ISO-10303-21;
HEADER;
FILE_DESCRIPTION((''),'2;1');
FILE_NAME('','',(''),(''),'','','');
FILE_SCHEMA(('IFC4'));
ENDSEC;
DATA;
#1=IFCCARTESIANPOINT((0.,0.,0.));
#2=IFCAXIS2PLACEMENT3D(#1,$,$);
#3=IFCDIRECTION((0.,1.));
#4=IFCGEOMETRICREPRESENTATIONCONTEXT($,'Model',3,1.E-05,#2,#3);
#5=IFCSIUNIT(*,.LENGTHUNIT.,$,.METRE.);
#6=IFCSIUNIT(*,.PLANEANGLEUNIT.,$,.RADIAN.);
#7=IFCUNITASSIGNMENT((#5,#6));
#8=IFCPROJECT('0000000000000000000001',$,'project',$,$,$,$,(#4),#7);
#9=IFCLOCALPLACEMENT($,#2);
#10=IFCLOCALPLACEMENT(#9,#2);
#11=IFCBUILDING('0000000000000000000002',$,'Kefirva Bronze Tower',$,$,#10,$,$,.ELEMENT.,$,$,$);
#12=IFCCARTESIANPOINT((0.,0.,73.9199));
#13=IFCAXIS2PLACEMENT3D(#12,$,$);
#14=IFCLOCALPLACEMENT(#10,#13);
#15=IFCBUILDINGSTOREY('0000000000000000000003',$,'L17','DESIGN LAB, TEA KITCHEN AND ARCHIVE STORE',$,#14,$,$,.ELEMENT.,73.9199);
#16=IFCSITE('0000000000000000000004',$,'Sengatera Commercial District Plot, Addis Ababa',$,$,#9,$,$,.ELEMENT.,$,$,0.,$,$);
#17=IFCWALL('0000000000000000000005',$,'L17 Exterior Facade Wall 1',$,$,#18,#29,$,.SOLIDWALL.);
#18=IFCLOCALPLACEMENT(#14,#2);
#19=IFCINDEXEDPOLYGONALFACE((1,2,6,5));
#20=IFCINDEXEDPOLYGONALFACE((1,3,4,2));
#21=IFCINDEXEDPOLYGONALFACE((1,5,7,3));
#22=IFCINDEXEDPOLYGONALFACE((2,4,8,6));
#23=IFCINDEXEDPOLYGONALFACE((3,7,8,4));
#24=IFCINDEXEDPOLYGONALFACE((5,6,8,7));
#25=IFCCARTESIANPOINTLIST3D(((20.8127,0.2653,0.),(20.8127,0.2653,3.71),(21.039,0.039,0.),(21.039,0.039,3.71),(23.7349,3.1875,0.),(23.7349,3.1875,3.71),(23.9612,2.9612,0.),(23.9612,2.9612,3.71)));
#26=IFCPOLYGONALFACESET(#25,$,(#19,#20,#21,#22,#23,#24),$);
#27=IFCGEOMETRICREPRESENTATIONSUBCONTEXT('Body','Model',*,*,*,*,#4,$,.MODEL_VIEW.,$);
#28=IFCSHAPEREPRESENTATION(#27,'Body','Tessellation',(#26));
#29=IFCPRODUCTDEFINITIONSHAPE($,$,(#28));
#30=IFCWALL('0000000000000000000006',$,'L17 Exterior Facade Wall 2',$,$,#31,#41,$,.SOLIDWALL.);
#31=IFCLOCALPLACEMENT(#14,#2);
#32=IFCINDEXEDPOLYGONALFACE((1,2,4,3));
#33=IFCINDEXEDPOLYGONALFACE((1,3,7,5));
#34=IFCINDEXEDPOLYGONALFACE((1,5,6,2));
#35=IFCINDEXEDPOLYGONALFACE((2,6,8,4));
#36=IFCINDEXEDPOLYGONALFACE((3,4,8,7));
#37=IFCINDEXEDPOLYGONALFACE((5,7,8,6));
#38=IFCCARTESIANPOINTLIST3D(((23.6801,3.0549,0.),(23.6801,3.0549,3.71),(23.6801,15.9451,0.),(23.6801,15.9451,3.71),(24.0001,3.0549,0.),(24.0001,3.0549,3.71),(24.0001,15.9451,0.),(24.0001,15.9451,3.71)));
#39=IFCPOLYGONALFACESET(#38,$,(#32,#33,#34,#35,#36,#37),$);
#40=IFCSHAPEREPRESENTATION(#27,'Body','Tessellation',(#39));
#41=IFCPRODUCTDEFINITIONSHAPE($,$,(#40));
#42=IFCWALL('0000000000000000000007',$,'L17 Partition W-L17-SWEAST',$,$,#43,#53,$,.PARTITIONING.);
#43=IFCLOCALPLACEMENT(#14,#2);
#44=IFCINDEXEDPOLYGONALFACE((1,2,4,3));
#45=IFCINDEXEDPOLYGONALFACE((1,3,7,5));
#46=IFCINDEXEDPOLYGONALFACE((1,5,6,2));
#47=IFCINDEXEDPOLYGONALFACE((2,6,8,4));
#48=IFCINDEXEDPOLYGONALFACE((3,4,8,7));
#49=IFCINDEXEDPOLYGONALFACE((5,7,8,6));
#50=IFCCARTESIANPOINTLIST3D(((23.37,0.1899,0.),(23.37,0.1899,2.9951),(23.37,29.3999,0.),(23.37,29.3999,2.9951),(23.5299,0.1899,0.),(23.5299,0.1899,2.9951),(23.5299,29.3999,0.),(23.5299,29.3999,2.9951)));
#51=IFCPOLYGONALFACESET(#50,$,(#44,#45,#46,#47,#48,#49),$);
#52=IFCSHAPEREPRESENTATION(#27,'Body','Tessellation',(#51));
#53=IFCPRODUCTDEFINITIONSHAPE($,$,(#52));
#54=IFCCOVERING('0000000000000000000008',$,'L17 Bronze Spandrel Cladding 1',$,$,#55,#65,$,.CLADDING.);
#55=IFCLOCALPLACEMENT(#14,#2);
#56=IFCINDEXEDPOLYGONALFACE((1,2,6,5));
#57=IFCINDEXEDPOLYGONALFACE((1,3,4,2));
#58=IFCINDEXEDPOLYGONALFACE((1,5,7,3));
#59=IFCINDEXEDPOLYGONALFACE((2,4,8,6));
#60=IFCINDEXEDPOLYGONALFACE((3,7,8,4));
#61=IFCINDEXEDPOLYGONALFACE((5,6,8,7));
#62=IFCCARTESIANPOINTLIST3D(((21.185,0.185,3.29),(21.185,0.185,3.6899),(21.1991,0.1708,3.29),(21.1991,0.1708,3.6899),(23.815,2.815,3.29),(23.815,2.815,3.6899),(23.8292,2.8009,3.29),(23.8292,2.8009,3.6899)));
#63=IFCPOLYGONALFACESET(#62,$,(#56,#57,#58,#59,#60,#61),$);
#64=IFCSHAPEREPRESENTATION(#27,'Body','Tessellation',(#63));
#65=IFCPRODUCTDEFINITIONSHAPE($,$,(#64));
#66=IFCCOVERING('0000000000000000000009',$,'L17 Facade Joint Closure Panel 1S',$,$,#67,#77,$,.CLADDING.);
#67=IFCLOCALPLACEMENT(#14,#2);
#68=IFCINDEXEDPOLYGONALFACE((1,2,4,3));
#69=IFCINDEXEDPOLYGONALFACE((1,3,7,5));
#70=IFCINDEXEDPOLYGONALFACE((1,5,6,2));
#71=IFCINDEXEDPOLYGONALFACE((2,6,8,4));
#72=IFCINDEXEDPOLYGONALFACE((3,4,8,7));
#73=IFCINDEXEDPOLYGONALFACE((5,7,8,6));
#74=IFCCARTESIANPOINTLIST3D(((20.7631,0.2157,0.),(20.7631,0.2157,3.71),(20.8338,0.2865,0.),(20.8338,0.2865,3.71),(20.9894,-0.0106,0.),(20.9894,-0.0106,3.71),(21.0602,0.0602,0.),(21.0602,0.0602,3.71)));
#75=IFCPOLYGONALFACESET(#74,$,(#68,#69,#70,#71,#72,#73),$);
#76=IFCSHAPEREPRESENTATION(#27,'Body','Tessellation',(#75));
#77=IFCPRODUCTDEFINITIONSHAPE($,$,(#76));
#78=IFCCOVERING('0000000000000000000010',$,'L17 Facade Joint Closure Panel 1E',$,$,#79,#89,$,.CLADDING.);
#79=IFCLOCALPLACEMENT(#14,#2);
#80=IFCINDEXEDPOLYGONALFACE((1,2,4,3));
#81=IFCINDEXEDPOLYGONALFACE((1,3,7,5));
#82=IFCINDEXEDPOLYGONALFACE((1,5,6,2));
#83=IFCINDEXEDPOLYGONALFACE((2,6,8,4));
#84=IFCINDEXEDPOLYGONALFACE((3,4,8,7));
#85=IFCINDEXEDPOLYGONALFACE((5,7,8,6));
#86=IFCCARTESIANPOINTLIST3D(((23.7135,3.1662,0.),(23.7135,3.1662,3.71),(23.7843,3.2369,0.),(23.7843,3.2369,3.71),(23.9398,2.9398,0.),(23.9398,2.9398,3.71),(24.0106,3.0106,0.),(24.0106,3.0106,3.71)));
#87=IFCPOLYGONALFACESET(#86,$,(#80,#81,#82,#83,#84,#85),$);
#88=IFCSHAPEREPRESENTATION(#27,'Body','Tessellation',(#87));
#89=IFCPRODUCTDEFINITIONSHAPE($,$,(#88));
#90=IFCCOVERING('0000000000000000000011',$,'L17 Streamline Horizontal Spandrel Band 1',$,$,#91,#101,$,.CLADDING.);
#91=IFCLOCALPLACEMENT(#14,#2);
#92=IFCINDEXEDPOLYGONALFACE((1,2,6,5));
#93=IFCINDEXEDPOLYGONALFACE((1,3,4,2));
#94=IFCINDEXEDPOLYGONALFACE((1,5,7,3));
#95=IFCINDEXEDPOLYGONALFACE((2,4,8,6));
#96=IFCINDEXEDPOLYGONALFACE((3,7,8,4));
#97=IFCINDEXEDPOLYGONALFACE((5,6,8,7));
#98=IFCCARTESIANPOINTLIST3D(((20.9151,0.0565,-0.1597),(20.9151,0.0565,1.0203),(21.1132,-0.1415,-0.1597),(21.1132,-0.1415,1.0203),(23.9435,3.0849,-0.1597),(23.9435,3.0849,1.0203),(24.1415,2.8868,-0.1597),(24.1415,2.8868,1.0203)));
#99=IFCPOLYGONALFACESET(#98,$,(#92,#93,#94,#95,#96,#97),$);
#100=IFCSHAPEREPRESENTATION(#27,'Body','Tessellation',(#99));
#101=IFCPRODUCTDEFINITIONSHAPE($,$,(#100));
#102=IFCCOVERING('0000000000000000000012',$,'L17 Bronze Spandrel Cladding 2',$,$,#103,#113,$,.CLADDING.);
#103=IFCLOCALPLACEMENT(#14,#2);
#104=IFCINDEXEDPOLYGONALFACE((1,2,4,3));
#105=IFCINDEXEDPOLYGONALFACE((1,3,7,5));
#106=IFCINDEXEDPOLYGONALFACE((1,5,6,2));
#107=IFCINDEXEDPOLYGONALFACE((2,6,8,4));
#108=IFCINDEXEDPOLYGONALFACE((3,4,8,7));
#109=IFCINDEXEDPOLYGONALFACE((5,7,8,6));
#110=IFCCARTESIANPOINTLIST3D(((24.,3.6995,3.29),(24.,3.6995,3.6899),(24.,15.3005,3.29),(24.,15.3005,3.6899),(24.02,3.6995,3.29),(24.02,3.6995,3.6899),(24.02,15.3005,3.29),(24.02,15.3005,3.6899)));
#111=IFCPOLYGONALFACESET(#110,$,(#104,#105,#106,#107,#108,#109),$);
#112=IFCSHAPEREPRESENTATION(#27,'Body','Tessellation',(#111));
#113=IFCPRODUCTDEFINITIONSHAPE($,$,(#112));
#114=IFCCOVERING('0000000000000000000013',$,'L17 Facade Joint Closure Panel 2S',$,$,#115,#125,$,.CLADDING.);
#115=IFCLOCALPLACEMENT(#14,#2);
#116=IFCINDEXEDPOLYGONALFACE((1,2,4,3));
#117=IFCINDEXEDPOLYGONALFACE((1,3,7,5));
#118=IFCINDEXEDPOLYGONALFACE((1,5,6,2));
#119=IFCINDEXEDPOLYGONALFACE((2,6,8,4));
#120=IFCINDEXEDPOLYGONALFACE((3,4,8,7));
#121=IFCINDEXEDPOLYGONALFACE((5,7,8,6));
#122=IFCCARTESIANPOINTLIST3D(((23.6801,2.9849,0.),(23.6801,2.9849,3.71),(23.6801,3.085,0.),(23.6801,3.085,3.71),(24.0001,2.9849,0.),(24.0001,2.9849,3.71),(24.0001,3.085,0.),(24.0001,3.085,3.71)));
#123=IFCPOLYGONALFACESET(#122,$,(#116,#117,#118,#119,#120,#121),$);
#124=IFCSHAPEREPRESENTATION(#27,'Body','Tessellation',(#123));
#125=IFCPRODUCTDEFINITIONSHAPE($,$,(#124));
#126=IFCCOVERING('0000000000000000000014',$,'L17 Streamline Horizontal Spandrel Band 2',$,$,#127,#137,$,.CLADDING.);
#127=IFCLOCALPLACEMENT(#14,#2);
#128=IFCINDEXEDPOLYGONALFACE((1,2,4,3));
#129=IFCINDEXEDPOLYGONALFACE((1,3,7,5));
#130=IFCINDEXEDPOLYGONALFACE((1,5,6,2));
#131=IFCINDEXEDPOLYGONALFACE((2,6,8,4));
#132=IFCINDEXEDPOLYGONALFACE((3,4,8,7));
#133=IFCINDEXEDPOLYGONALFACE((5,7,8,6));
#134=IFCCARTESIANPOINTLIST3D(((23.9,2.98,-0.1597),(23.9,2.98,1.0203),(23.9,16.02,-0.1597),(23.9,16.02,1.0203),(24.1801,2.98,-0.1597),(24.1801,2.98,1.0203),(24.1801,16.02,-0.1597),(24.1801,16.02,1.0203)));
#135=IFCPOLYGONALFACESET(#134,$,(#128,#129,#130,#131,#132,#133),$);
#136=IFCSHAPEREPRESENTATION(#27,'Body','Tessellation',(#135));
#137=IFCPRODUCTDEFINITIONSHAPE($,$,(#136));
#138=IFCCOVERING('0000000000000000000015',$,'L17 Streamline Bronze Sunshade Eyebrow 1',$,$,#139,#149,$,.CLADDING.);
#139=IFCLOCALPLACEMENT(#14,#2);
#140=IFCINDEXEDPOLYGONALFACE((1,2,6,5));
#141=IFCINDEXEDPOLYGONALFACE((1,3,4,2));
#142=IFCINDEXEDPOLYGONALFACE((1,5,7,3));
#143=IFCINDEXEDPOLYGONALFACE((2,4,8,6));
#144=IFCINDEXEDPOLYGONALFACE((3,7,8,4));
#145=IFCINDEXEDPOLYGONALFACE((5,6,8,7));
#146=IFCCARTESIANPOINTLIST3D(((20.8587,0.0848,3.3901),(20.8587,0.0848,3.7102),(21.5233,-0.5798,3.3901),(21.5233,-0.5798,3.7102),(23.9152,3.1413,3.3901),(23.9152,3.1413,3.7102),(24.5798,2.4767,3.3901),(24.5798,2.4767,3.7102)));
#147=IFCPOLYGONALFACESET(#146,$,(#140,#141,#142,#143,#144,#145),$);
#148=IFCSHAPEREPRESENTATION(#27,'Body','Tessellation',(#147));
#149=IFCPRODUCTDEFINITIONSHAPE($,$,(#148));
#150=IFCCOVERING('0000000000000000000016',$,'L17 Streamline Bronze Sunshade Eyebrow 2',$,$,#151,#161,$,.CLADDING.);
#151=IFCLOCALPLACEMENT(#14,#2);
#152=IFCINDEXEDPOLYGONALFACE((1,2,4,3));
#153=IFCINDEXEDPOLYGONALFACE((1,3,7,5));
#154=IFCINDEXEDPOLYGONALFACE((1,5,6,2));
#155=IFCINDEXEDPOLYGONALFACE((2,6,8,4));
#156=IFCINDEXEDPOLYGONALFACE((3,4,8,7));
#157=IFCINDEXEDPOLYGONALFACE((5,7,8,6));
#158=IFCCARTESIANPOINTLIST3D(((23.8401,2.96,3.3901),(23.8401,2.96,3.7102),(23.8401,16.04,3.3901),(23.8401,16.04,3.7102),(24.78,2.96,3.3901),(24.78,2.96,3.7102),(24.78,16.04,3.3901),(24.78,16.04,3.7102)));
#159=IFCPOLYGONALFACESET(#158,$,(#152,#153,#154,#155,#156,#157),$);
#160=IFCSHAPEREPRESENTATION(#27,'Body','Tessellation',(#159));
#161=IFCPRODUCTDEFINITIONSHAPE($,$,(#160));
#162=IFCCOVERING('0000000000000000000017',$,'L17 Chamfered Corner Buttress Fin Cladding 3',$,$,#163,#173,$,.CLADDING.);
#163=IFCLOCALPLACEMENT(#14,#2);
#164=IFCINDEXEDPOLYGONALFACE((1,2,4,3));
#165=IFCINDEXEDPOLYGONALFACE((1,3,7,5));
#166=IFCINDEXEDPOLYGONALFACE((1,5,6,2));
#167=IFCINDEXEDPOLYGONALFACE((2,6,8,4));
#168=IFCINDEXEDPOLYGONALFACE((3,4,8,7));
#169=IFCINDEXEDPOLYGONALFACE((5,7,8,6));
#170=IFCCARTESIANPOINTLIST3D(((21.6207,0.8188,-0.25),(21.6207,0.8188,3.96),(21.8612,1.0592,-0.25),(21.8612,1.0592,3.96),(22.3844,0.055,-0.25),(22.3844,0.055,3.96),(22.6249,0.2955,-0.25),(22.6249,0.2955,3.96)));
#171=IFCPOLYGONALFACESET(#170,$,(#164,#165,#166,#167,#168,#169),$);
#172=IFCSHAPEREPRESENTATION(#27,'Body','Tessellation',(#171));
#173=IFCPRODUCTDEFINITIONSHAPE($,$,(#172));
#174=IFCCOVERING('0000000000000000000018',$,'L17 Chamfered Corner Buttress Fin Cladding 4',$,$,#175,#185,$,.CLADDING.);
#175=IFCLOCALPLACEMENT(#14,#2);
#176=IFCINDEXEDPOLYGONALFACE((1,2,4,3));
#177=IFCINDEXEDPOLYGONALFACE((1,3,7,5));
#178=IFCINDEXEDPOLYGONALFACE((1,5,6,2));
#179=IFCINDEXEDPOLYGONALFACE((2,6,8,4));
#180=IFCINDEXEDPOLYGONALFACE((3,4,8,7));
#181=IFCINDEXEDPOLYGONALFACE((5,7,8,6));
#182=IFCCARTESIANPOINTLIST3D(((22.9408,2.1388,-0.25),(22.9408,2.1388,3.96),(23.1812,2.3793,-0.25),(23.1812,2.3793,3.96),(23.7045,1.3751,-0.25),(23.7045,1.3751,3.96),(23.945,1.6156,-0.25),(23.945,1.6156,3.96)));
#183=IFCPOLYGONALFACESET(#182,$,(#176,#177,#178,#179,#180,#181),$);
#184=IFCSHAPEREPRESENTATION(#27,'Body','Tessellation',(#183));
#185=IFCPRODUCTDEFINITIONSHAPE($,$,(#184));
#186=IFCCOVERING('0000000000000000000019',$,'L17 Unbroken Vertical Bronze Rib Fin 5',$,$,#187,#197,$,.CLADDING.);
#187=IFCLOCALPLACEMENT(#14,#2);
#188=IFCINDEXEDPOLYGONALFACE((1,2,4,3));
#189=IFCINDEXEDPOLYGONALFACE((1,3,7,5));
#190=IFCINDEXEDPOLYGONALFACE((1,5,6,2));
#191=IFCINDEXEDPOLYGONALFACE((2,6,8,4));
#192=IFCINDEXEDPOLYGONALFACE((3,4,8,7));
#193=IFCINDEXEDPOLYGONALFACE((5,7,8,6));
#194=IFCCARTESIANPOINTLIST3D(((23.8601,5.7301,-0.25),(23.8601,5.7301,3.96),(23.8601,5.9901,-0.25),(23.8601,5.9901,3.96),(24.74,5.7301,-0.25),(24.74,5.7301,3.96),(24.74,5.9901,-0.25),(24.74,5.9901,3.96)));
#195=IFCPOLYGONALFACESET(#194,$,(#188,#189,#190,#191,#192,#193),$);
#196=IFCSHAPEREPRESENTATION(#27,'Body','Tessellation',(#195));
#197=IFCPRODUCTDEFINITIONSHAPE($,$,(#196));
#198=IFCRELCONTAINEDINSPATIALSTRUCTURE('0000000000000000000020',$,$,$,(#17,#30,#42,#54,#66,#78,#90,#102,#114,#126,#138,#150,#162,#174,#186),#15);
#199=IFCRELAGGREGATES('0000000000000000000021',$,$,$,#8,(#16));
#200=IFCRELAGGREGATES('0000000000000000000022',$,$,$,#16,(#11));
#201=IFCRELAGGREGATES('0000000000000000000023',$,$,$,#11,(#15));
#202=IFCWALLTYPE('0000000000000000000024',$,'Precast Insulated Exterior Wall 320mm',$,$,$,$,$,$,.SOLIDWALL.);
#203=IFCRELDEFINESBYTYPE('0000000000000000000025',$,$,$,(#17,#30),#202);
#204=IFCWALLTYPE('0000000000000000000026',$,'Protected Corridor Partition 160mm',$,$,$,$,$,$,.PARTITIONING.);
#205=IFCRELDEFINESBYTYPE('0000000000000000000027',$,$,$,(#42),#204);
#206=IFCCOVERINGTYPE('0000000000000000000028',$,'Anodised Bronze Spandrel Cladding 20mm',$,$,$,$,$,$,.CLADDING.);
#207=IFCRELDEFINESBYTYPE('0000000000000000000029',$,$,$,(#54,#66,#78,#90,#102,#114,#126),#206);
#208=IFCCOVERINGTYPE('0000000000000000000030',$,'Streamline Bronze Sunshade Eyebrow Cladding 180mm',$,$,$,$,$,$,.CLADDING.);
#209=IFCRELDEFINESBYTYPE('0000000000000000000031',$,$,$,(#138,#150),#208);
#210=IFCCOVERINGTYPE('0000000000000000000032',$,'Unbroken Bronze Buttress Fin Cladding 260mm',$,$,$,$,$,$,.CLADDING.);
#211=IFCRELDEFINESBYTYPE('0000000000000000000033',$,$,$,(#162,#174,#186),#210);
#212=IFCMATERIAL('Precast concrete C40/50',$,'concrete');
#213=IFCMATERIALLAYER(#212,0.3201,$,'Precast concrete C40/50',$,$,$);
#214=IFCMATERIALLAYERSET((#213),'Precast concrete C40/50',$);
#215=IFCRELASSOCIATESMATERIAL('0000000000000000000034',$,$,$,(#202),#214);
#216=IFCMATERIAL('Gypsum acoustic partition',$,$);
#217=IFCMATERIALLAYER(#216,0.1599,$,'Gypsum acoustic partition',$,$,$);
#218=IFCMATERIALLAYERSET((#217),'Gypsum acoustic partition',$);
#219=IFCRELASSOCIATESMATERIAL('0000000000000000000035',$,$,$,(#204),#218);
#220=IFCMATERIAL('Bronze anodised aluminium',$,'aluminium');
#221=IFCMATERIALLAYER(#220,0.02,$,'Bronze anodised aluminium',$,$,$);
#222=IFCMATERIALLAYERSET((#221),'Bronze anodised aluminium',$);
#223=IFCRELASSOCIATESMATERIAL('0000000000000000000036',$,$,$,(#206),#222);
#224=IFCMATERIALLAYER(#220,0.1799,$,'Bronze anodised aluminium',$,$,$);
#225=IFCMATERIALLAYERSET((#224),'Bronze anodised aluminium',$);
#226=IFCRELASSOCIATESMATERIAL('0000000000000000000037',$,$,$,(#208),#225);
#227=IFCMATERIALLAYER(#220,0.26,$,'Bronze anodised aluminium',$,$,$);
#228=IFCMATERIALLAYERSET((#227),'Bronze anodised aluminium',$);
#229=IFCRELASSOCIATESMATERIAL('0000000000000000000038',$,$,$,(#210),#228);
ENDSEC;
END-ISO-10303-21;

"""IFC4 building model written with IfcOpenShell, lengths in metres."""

from ifc_helpers import new_model, si_unit, direction, frame, frame_2d, origin, origin_2d, place, context, subcontext, project, spatial, rectangle, extrude, material, layer, layer_set, type_object, element, save


model = new_model("IFC4")

# Units and contexts
model_context = context("Model", 3, precision=1e-05, world=origin(), true_north=direction((0.0, 1.0)))
body_context = subcontext(model_context, "Body", "Model", "MODEL_VIEW")
ifc_project = project(units=[si_unit("LENGTHUNIT", "METRE"), si_unit("PLANEANGLEUNIT", "RADIAN")], contexts=[model_context])

# Site, building, storey
site_placement = place(None, origin())
site = spatial("IfcSite", under=ifc_project, at=site_placement, Name="Sengatera Commercial District Plot, Addis Ababa", CompositionType="ELEMENT", RefElevation=0.0)
building_placement = place(site_placement, origin())
building = spatial("IfcBuilding", under=site, at=building_placement, Name="Kefirva Bronze Tower", CompositionType="ELEMENT")
storey_placement = place(building_placement, frame((0.0, 0.0, 73.9199)))
storey = spatial("IfcBuildingStorey", under=building, at=storey_placement, Name="L17", Description="DESIGN LAB, TEA KITCHEN AND ARCHIVE STORE", CompositionType="ELEMENT", Elevation=73.9199)

# Shared definitions
ifc_material_1 = material(Name="Bronze anodised aluminium", Category="aluminium")

# Walls
ifc_material_2 = material(Name="Precast concrete C40/50", Category="concrete")
ifc_layer_1 = layer(ifc_material_2, 0.3201, Name="Precast concrete C40/50")
ifc_layer_set_1 = layer_set([ifc_layer_1], Name="Precast concrete C40/50")
wall_type_1 = type_object("IfcWallType", Name="Precast Insulated Exterior Wall 320mm", PredefinedType="SOLIDWALL", material=ifc_layer_set_1)
wall_1_placement = place(storey_placement, frame((20.9258, 0.1521, 0.0), z_axis=(0.0, 0.0, 1.0), x_axis=(0.707107, 0.707107, 0.0)))
element("IfcWall", 1, at=wall_1_placement, inside=storey, type_object=wall_type_1, Name="L17 Exterior Facade Wall 1", PredefinedType="SOLIDWALL", context=body_context, shape_type="SweptSolid", body=[
    extrude(rectangle(XDim=4.1326, YDim=0.3201, at=frame_2d((2.0664, 0.0))), origin(), (0.0, 0.0, 1.0), 3.71),
])
wall_2_placement = place(storey_placement, frame((23.8401, 3.0549, 0.0), z_axis=(0.0, 0.0, 1.0), x_axis=(0.0, 1.0, 0.0)))
element("IfcWall", 2, at=wall_2_placement, inside=storey, type_object=wall_type_1, Name="L17 Exterior Facade Wall 2", PredefinedType="SOLIDWALL", context=body_context, shape_type="SweptSolid", body=[
    extrude(rectangle(XDim=12.8901, YDim=0.3201, at=frame_2d((6.4451, 0.0))), origin(), (0.0, 0.0, 1.0), 3.71),
])
ifc_material_3 = material(Name="Gypsum acoustic partition")
ifc_layer_2 = layer(ifc_material_3, 0.1599, Name="Gypsum acoustic partition")
ifc_layer_set_2 = layer_set([ifc_layer_2], Name="Gypsum acoustic partition")
wall_type_2 = type_object("IfcWallType", Name="Protected Corridor Partition 160mm", PredefinedType="PARTITIONING", material=ifc_layer_set_2)
wall_3_placement = place(storey_placement, frame((23.45, 0.1899, 0.0), z_axis=(0.0, 0.0, 1.0), x_axis=(0.0, 1.0, 0.0)))
element("IfcWall", 3, at=wall_3_placement, inside=storey, type_object=wall_type_2, Name="L17 Partition W-L17-SWEAST", PredefinedType="PARTITIONING", context=body_context, shape_type="SweptSolid", body=[
    extrude(rectangle(XDim=29.21, YDim=0.1599, at=frame_2d((14.605, 0.0))), origin(), (0.0, 0.0, 1.0), 2.9951),
])

# Coverings
ifc_layer_3 = layer(ifc_material_1, 0.02, Name="Bronze anodised aluminium")
ifc_layer_set_3 = layer_set([ifc_layer_3], Name="Bronze anodised aluminium")
covering_type_1 = type_object("IfcCoveringType", Name="Anodised Bronze Spandrel Cladding 20mm", PredefinedType="CLADDING", material=ifc_layer_set_3)
covering_1_placement = place(storey_placement, frame((22.5071, 1.4929, 3.29), z_axis=(0.0, 0.0, 1.0), x_axis=(0.707107, 0.707107, 0.0)))
element("IfcCovering", 4, at=covering_1_placement, inside=storey, type_object=covering_type_1, Name="L17 Bronze Spandrel Cladding 1", PredefinedType="CLADDING", context=body_context, shape_type="SweptSolid", body=[
    extrude(rectangle(XDim=3.7195, YDim=0.02, at=origin_2d()), origin(), (0.0, 0.0, 1.0), 0.3999),
])
for number, where, z_axis, x_axis, name in (
    (5, (20.9116, 0.1379, 0.0), (0.0, 0.0, 1.0), (0.707107, 0.707107, 0.0), "L17 Facade Joint Closure Panel 1S"),
    (6, (23.8621, 3.0884, 0.0), (0.0, 0.0, 1.0), (0.707107, 0.707107, 0.0), "L17 Facade Joint Closure Panel 1E"),
):
    element("IfcCovering", number, at=place(storey_placement, frame(where, z_axis=z_axis, x_axis=x_axis)), inside=storey, type_object=covering_type_1, Name=name, PredefinedType="CLADDING", context=body_context, shape_type="SweptSolid", body=[
        extrude(rectangle(XDim=0.1001, YDim=0.3201, at=origin_2d()), origin(), (0.0, 0.0, 1.0), 3.71),
    ])
covering_2_placement = place(storey_placement, frame((22.5283, 1.4717, -0.1597), z_axis=(0.0, 0.0, 1.0), x_axis=(0.707107, 0.707107, 0.0)))
element("IfcCovering", 7, at=covering_2_placement, inside=storey, type_object=covering_type_1, Name="L17 Streamline Horizontal Spandrel Band 1", PredefinedType="CLADDING", context=body_context, shape_type="SweptSolid", body=[
    extrude(rectangle(XDim=4.2827, YDim=0.28, at=origin_2d()), origin(), (0.0, 0.0, 1.0), 1.1799),
])
covering_3_placement = place(storey_placement, frame((24.01, 9.5, 3.29), z_axis=(0.0, 0.0, 1.0), x_axis=(0.0, 1.0, 0.0)))
element("IfcCovering", 8, at=covering_3_placement, inside=storey, type_object=covering_type_1, Name="L17 Bronze Spandrel Cladding 2", PredefinedType="CLADDING", context=body_context, shape_type="SweptSolid", body=[
    extrude(rectangle(XDim=11.6011, YDim=0.02, at=origin_2d()), origin(), (0.0, 0.0, 1.0), 0.3999),
])
covering_4_placement = place(storey_placement, frame((23.8401, 3.0349, 0.0), z_axis=(0.0, 0.0, 1.0), x_axis=(0.0, 1.0, 0.0)))
element("IfcCovering", 9, at=covering_4_placement, inside=storey, type_object=covering_type_1, Name="L17 Facade Joint Closure Panel 2S", PredefinedType="CLADDING", context=body_context, shape_type="SweptSolid", body=[
    extrude(rectangle(XDim=0.1001, YDim=0.3201, at=origin_2d()), origin(), (0.0, 0.0, 1.0), 3.71),
])
covering_5_placement = place(storey_placement, frame((24.04, 9.5, -0.1597), z_axis=(0.0, 0.0, 1.0), x_axis=(0.0, 1.0, 0.0)))
element("IfcCovering", 10, at=covering_5_placement, inside=storey, type_object=covering_type_1, Name="L17 Streamline Horizontal Spandrel Band 2", PredefinedType="CLADDING", context=body_context, shape_type="SweptSolid", body=[
    extrude(rectangle(XDim=13.04, YDim=0.28, at=origin_2d()), origin(), (0.0, 0.0, 1.0), 1.1799),
])
ifc_layer_4 = layer(ifc_material_1, 0.1799, Name="Bronze anodised aluminium")
ifc_layer_set_4 = layer_set([ifc_layer_4], Name="Bronze anodised aluminium")
covering_type_2 = type_object("IfcCoveringType", Name="Streamline Bronze Sunshade Eyebrow Cladding 180mm", PredefinedType="CLADDING", material=ifc_layer_set_4)
covering_6_placement = place(storey_placement, frame((22.7192, 1.2808, 3.3901), z_axis=(0.0, 0.0, 1.0), x_axis=(0.707107, 0.707107, 0.0)))
element("IfcCovering", 11, at=covering_6_placement, inside=storey, type_object=covering_type_2, Name="L17 Streamline Bronze Sunshade Eyebrow 1", PredefinedType="CLADDING", context=body_context, shape_type="SweptSolid", body=[
    extrude(rectangle(XDim=4.3225, YDim=0.9399, at=origin_2d()), origin(), (0.0, 0.0, 1.0), 0.3201),
])
covering_7_placement = place(storey_placement, frame((24.3101, 9.5, 3.3901), z_axis=(0.0, 0.0, 1.0), x_axis=(0.0, 1.0, 0.0)))
element("IfcCovering", 12, at=covering_7_placement, inside=storey, type_object=covering_type_2, Name="L17 Streamline Bronze Sunshade Eyebrow 2", PredefinedType="CLADDING", context=body_context, shape_type="SweptSolid", body=[
    extrude(rectangle(XDim=13.0801, YDim=0.9399, at=origin_2d()), origin(), (0.0, 0.0, 1.0), 0.3201),
])
ifc_layer_5 = layer(ifc_material_1, 0.26, Name="Bronze anodised aluminium")
ifc_layer_set_5 = layer_set([ifc_layer_5], Name="Bronze anodised aluminium")
covering_type_3 = type_object("IfcCoveringType", Name="Unbroken Bronze Buttress Fin Cladding 260mm", PredefinedType="CLADDING", material=ifc_layer_set_5)
for number, where, z_axis, x_axis, name in (
    (13, (22.1228, 0.5571, -0.25), (0.0, 0.0, 1.0), (0.707107, 0.707107, 0.0), "L17 Chamfered Corner Buttress Fin Cladding 3"),
    (14, (23.4429, 1.8772, -0.25), (0.0, 0.0, 1.0), (0.707107, 0.707107, 0.0), "L17 Chamfered Corner Buttress Fin Cladding 4"),
):
    element("IfcCovering", number, at=place(storey_placement, frame(where, z_axis=z_axis, x_axis=x_axis)), inside=storey, type_object=covering_type_3, Name=name, PredefinedType="CLADDING", context=body_context, shape_type="SweptSolid", body=[
        extrude(rectangle(XDim=0.3401, YDim=1.0801, at=origin_2d()), origin(), (0.0, 0.0, 1.0), 4.21),
    ])
covering_8_placement = place(storey_placement, frame((24.3, 5.8601, -0.25), z_axis=(0.0, 0.0, 1.0), x_axis=(0.0, 1.0, 0.0)))
element("IfcCovering", 15, at=covering_8_placement, inside=storey, type_object=covering_type_3, Name="L17 Unbroken Vertical Bronze Rib Fin 5", PredefinedType="CLADDING", context=body_context, shape_type="SweptSolid", body=[
    extrude(rectangle(XDim=0.26, YDim=0.8799, at=origin_2d()), origin(), (0.0, 0.0, 1.0), 4.21),
])

save(model, "model.ifc")
